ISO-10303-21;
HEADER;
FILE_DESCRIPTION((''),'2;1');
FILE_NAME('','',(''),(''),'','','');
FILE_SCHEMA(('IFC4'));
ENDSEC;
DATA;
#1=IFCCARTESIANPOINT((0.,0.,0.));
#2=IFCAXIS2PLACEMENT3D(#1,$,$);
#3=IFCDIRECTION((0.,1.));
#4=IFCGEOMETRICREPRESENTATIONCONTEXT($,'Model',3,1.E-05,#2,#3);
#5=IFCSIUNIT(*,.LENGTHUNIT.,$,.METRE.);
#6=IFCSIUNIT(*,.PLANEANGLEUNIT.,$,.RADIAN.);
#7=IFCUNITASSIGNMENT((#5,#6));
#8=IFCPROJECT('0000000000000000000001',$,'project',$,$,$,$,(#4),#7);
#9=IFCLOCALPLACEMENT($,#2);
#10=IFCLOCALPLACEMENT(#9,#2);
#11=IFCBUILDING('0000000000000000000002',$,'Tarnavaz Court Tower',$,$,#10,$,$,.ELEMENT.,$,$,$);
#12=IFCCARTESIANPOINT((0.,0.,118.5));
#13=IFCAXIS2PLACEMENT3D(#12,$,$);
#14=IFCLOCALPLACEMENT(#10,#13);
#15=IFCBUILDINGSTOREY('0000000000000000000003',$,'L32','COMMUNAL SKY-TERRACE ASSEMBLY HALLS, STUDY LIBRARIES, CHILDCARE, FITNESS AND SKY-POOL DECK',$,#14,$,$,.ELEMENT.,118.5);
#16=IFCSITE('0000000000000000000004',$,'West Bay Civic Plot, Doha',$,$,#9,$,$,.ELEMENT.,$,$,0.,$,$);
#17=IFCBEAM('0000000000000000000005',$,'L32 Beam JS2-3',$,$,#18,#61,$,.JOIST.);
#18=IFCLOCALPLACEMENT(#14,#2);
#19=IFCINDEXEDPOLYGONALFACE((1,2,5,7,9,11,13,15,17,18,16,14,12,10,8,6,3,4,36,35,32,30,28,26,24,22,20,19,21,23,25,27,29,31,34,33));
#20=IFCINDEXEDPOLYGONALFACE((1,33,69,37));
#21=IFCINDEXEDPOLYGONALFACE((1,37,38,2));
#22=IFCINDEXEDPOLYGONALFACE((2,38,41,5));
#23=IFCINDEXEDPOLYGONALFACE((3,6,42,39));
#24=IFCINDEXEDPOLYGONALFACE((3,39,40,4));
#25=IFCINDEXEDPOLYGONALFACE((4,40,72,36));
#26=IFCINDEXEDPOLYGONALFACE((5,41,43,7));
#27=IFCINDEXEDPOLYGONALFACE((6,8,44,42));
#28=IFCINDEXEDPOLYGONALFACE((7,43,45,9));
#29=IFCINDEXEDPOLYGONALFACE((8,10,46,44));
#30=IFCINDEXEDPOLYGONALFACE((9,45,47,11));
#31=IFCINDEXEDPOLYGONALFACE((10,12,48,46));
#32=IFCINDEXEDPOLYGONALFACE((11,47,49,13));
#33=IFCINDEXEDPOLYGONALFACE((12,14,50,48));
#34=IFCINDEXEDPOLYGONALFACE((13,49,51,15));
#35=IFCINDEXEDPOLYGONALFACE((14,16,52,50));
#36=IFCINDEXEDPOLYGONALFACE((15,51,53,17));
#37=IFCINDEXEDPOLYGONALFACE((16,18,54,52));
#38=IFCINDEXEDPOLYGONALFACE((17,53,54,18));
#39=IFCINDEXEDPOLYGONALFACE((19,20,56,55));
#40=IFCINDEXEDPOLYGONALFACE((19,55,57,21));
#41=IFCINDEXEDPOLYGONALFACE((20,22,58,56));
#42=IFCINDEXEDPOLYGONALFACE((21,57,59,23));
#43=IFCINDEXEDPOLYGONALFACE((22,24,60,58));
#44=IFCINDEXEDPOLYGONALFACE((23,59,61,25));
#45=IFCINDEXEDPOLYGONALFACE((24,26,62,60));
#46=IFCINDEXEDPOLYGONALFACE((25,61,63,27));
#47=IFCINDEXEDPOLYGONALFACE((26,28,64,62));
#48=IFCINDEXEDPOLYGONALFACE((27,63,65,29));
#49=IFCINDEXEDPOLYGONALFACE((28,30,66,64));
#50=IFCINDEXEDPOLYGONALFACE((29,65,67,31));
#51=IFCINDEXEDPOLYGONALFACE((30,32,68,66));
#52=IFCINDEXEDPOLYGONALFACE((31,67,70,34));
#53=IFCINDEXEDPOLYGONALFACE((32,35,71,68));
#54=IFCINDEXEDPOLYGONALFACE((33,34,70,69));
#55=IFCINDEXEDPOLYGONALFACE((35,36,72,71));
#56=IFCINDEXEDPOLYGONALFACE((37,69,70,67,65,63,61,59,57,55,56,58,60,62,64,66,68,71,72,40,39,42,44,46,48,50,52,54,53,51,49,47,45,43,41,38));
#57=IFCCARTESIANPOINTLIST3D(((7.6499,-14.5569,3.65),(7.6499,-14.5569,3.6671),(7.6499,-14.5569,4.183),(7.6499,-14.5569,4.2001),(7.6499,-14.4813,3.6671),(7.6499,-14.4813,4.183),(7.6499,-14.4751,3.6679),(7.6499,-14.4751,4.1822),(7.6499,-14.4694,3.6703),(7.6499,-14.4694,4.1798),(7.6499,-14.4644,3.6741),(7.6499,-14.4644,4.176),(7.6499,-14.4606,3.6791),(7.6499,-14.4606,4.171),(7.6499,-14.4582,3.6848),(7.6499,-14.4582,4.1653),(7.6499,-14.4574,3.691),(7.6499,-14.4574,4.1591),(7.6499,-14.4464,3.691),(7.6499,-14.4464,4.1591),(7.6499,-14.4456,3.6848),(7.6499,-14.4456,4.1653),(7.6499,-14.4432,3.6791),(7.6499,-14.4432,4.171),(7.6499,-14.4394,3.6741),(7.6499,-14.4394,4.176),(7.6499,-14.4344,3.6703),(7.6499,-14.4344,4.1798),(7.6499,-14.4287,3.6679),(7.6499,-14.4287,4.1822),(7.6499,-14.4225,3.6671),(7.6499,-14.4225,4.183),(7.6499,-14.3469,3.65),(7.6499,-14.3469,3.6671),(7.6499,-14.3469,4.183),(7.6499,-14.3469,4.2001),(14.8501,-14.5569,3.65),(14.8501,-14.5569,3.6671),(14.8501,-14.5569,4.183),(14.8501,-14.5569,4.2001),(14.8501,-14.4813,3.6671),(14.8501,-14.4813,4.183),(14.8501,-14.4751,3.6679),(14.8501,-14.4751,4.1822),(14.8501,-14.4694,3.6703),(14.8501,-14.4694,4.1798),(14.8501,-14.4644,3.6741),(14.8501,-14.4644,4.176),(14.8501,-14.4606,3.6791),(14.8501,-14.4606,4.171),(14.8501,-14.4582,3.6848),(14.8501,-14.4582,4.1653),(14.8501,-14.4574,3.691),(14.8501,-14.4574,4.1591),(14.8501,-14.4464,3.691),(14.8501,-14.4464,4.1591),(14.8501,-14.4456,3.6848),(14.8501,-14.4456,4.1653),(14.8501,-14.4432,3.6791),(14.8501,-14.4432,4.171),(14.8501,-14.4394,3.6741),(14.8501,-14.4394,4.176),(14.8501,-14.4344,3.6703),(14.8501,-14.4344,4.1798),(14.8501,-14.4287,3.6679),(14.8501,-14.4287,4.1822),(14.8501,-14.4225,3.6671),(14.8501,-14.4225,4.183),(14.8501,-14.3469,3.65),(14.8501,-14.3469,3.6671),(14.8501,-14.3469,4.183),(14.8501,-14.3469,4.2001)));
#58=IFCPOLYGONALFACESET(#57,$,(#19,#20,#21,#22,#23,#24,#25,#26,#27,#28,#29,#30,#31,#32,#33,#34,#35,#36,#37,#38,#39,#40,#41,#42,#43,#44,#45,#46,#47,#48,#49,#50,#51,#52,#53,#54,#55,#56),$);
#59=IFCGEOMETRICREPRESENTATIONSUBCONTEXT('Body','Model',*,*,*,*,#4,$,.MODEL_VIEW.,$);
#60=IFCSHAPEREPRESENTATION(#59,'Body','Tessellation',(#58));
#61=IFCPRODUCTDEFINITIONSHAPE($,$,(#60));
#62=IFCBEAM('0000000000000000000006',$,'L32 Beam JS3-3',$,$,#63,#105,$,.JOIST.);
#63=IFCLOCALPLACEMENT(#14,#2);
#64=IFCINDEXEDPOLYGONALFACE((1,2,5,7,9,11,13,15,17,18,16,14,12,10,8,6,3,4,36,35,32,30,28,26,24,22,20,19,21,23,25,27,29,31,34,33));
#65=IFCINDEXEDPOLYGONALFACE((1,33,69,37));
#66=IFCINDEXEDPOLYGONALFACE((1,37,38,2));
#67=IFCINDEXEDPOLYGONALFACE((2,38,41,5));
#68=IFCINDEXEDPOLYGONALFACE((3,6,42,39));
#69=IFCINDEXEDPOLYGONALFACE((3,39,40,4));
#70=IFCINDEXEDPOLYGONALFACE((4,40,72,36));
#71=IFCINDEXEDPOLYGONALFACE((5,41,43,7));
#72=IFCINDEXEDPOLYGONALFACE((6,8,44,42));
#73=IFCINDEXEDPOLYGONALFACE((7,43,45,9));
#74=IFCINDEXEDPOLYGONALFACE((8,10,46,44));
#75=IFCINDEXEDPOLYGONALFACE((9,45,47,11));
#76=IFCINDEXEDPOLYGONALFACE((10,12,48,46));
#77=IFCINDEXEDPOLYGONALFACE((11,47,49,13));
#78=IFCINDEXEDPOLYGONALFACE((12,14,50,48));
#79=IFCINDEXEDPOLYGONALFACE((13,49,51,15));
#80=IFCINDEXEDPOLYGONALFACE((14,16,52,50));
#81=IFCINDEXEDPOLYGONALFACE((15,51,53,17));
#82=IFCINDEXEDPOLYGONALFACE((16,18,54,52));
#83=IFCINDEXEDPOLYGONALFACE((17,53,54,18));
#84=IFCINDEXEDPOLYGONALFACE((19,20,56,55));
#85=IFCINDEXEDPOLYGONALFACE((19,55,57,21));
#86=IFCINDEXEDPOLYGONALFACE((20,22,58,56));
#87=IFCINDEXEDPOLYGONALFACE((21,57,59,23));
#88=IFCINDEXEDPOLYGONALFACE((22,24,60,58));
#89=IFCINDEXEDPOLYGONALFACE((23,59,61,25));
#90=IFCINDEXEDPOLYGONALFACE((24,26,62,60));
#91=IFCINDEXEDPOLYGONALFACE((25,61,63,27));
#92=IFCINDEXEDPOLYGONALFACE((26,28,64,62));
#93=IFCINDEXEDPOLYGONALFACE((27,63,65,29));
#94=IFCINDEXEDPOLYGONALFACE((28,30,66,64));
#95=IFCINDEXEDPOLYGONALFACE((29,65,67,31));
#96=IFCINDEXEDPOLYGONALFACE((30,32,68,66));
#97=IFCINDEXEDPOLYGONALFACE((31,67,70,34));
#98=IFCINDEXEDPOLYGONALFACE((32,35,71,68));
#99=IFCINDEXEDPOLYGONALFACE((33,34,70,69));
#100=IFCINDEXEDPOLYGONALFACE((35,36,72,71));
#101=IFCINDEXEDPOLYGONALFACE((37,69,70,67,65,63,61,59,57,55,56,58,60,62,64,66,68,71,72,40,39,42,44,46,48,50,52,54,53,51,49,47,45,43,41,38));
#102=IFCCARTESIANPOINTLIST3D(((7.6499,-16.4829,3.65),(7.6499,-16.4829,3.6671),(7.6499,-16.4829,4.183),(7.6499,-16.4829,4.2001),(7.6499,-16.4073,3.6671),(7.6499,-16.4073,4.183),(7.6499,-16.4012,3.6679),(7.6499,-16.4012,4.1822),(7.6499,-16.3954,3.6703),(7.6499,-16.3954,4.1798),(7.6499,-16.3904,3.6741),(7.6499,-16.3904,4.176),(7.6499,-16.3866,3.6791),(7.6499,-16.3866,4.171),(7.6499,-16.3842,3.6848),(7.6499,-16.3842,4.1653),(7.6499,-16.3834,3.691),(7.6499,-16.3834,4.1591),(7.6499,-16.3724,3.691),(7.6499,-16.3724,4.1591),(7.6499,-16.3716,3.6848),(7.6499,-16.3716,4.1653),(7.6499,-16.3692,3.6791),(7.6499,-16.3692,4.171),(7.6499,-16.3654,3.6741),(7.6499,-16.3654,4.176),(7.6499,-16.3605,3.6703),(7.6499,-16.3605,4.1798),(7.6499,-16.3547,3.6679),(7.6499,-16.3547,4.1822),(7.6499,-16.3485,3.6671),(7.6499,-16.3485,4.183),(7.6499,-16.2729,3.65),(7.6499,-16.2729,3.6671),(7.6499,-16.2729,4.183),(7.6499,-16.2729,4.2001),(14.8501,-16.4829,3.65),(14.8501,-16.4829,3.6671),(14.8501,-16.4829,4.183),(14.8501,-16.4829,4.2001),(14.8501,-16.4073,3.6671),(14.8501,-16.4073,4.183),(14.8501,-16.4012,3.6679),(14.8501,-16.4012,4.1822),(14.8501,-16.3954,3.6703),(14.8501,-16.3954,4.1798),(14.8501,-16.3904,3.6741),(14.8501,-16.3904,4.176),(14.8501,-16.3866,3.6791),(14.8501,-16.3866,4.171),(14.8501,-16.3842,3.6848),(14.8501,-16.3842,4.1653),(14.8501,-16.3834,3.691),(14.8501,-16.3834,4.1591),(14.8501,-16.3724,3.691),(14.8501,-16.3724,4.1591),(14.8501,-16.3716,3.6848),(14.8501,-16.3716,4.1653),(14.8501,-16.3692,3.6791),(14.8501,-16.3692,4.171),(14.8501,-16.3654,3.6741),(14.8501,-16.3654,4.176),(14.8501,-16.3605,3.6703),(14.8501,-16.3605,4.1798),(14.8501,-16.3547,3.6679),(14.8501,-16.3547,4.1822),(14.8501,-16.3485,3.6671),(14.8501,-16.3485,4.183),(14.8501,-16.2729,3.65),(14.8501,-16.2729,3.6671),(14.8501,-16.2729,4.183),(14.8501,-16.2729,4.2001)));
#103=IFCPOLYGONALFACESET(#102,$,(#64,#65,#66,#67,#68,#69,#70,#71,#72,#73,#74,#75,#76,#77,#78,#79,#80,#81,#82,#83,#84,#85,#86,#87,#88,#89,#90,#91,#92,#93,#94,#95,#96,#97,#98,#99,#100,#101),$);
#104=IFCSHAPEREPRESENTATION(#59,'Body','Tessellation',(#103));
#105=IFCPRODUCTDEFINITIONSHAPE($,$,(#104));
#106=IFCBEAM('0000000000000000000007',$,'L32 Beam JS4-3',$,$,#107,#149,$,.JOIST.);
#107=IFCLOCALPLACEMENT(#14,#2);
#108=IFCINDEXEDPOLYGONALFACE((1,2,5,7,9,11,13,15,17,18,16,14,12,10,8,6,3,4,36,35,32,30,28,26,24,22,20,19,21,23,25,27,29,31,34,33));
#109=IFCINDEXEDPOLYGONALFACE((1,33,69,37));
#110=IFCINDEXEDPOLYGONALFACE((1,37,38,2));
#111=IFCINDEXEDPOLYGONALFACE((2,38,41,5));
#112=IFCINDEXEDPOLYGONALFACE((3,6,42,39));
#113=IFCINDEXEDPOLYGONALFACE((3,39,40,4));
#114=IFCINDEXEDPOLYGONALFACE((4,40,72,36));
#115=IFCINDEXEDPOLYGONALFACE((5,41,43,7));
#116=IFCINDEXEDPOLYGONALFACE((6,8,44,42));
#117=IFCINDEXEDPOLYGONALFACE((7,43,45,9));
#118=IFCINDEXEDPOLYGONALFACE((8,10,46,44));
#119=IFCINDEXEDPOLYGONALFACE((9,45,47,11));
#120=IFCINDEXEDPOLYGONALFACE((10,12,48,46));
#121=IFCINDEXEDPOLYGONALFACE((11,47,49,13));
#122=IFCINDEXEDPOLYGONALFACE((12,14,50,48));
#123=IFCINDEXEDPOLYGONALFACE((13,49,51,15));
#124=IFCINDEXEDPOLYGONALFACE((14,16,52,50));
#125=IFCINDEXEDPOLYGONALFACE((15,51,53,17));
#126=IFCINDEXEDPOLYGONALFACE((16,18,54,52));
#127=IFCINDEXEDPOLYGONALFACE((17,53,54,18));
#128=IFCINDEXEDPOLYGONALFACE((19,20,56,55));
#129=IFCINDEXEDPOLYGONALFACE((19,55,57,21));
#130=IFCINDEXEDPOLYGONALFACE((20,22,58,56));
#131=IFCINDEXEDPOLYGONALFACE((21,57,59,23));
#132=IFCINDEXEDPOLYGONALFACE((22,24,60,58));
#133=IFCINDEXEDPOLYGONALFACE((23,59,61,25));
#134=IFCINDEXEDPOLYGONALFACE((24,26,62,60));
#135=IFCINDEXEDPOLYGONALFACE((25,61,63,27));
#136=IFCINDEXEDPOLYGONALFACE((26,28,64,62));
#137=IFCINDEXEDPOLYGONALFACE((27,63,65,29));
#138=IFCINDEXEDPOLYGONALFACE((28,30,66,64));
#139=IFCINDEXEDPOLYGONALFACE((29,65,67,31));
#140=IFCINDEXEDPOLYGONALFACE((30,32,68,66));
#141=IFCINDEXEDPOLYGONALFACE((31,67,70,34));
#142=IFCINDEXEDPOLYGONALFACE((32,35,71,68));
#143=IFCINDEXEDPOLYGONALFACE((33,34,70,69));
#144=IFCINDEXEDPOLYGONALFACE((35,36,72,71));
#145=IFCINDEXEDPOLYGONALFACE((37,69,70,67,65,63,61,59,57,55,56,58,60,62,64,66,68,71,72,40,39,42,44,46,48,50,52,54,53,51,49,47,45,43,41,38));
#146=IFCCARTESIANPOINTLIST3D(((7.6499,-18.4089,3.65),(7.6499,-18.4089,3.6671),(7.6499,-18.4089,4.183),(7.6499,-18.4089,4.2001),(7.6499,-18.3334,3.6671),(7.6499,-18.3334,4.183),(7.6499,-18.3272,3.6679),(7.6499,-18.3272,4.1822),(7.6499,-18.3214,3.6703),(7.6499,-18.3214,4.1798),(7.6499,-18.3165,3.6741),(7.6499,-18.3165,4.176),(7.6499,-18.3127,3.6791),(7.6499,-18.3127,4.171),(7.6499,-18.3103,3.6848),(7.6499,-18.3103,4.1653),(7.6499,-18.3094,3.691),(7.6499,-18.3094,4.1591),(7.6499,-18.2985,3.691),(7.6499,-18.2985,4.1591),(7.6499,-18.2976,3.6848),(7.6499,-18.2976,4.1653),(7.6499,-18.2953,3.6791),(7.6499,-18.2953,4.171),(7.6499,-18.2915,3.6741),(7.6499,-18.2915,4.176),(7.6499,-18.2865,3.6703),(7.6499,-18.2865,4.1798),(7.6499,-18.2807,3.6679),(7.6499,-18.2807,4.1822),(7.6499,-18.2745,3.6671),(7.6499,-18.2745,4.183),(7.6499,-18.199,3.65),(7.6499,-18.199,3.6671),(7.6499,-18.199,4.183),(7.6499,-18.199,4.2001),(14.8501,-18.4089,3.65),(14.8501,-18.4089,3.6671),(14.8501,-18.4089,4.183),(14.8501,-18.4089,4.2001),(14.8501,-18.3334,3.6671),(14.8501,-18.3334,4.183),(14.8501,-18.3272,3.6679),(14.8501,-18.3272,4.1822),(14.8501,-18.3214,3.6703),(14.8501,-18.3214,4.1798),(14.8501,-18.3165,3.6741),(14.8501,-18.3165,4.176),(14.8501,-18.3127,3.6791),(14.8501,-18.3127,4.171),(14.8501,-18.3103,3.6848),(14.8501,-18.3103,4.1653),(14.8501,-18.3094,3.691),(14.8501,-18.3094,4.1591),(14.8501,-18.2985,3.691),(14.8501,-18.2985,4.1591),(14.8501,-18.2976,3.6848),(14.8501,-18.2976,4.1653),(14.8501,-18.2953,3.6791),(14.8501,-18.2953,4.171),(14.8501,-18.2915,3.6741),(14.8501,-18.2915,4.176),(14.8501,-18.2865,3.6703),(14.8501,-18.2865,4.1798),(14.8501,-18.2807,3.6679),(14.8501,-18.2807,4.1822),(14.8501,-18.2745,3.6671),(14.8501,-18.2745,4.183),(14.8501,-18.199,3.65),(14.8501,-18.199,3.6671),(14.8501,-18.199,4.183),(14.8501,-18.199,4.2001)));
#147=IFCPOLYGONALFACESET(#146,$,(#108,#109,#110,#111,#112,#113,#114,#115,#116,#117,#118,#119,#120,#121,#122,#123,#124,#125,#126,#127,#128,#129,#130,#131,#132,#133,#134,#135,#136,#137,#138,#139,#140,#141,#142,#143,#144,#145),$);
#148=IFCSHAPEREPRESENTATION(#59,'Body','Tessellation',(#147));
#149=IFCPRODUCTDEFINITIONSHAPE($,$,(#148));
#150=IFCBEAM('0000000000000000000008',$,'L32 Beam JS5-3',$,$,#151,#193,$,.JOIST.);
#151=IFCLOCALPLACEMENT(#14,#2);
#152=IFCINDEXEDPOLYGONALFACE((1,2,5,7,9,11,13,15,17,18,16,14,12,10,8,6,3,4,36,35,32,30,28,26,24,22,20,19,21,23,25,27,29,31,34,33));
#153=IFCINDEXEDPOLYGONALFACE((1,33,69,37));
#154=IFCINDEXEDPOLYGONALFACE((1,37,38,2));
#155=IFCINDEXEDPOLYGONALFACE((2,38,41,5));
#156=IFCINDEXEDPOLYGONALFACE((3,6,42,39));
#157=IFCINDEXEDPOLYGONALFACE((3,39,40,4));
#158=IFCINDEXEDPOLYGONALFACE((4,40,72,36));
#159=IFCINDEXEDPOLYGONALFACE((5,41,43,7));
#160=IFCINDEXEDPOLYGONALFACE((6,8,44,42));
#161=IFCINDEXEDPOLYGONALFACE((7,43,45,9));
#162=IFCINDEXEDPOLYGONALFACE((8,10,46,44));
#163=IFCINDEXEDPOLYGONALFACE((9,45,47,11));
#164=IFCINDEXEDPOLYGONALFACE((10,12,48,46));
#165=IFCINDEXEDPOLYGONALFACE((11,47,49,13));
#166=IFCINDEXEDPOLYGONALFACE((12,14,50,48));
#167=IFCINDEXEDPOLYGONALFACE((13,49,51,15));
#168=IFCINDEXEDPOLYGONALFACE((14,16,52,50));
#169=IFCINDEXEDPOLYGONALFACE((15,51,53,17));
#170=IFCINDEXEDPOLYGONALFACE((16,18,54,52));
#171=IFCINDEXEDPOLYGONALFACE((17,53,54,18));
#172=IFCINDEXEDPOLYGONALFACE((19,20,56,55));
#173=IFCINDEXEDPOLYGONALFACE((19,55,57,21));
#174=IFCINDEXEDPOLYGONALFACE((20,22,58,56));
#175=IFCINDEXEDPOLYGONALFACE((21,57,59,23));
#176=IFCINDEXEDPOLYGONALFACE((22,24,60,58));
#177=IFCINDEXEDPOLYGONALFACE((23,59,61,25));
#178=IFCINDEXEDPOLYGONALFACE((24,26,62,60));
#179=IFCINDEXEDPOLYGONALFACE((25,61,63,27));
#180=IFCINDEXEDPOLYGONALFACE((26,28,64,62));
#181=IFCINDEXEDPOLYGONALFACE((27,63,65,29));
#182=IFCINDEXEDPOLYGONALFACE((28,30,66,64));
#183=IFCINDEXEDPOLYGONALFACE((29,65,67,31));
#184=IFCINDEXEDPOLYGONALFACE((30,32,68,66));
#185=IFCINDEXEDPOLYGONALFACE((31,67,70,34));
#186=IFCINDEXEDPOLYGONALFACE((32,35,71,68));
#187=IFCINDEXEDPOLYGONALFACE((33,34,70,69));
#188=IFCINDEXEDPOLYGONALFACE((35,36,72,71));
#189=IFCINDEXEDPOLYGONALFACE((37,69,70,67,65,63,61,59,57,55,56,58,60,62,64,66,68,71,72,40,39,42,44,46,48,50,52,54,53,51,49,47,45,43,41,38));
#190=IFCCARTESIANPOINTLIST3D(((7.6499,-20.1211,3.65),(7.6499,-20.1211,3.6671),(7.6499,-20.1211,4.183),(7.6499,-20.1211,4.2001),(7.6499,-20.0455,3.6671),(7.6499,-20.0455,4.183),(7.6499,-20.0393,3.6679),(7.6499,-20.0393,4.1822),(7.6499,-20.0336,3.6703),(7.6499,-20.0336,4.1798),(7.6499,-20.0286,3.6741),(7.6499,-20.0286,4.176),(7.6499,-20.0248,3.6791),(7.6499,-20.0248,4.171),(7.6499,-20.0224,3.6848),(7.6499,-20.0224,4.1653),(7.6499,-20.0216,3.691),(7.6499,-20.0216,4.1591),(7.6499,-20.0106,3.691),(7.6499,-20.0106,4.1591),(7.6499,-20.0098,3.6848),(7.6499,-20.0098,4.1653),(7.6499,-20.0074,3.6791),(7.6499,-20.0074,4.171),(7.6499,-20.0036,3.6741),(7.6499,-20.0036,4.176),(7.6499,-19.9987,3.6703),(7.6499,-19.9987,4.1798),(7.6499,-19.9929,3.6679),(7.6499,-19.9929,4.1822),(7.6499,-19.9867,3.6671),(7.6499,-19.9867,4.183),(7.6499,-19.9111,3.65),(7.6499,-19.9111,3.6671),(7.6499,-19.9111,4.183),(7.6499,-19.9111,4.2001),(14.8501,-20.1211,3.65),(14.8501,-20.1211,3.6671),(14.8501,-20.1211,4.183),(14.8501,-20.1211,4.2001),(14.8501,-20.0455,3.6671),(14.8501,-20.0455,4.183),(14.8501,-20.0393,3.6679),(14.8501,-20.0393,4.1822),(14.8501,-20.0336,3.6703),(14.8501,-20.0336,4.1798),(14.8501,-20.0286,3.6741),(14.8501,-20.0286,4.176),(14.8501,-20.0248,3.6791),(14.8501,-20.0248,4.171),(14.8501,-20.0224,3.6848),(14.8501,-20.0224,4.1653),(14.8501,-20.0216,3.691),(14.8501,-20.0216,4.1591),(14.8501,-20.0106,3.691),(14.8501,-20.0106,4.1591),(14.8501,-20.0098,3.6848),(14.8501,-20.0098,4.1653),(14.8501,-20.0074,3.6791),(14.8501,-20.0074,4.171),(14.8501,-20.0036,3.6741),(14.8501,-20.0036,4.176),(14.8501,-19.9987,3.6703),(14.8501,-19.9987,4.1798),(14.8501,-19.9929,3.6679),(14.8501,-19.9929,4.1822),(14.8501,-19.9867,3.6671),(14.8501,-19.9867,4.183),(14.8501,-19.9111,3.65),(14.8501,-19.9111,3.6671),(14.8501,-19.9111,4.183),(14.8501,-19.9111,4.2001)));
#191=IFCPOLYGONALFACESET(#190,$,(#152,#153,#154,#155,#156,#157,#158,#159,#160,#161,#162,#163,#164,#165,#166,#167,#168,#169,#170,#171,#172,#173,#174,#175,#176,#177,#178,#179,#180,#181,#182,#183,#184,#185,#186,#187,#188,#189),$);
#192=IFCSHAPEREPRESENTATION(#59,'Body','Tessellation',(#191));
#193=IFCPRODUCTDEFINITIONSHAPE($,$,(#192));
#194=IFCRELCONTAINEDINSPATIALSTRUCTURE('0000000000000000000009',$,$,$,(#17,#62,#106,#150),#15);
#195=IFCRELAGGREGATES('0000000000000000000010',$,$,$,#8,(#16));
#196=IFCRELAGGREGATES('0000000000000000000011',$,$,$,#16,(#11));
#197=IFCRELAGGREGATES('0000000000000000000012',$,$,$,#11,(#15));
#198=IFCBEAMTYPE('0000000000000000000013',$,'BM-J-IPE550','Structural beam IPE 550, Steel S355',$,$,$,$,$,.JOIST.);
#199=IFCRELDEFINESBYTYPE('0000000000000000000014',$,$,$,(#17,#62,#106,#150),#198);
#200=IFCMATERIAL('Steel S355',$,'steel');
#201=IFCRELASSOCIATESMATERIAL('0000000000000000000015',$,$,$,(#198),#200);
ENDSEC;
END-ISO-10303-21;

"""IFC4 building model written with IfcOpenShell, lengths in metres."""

from ifc_helpers import new_model, si_unit, direction, frame, origin, origin_2d, place, context, subcontext, project, spatial, i_section, extrude, material, material_profile, profile_set, type_object, element, save


model = new_model("IFC4")

# Units and contexts
model_context = context("Model", 3, precision=1e-05, world=origin(), true_north=direction((0.0, 1.0)))
body_context = subcontext(model_context, "Body", "Model", "MODEL_VIEW")
ifc_project = project(units=[si_unit("LENGTHUNIT", "METRE"), si_unit("PLANEANGLEUNIT", "RADIAN")], contexts=[model_context])

# Site, building, storey
site_placement = place(None, origin())
site = spatial("IfcSite", under=ifc_project, at=site_placement, Name="West Bay Civic Plot, Doha", CompositionType="ELEMENT", RefElevation=0.0)
building_placement = place(site_placement, origin())
building = spatial("IfcBuilding", under=site, at=building_placement, Name="Tarnavaz Court Tower", CompositionType="ELEMENT")
storey_placement = place(building_placement, frame((0.0, 0.0, 118.5)))
storey = spatial("IfcBuildingStorey", under=building, at=storey_placement, Name="L32", Description="COMMUNAL SKY-TERRACE ASSEMBLY HALLS, STUDY LIBRARIES, CHILDCARE, FITNESS AND SKY-POOL DECK", CompositionType="ELEMENT", Elevation=118.5)

# Beams
ifc_material_1 = material(Name="Steel S355", Category="steel")
ifc_material_profile_1 = material_profile(ifc_material_1, i_section(OverallWidth=0.21, OverallDepth=0.55, WebThickness=0.011, FlangeThickness=0.0171, FilletRadius=0.0239, at=origin_2d()), Name="IPE 550")
ifc_profile_set_1 = profile_set([ifc_material_profile_1], Name="Steel S355")
beam_type_1 = type_object("IfcBeamType", Name="BM-J-IPE550", Description="Structural beam IPE 550, Steel S355", PredefinedType="JOIST", material=ifc_profile_set_1)
for number, where, z_axis, x_axis, name in (
    (1, (7.6499, -14.4519, 3.925), (1.0, 0.0, 0.0), (0.0, 1.0, 0.0), "L32 Beam JS2-3"),
    (2, (7.6499, -16.3779, 3.925), (1.0, 0.0, 0.0), (0.0, 1.0, 0.0), "L32 Beam JS3-3"),
    (3, (7.6499, -18.304, 3.925), (1.0, 0.0, 0.0), (0.0, 1.0, 0.0), "L32 Beam JS4-3"),
    (4, (7.6499, -20.0161, 3.925), (1.0, 0.0, 0.0), (0.0, 1.0, 0.0), "L32 Beam JS5-3"),
):
    element("IfcBeam", number, at=place(storey_placement, frame(where, z_axis=z_axis, x_axis=x_axis)), inside=storey, type_object=beam_type_1, Name=name, PredefinedType="JOIST", context=body_context, shape_type="SweptSolid", body=[
        extrude(i_section(OverallWidth=0.21, OverallDepth=0.55, WebThickness=0.011, FlangeThickness=0.0171, FilletRadius=0.0239, at=origin_2d()), origin(), (0.0, 0.0, 1.0), 7.2002),
    ])

save(model, "model.ifc")
